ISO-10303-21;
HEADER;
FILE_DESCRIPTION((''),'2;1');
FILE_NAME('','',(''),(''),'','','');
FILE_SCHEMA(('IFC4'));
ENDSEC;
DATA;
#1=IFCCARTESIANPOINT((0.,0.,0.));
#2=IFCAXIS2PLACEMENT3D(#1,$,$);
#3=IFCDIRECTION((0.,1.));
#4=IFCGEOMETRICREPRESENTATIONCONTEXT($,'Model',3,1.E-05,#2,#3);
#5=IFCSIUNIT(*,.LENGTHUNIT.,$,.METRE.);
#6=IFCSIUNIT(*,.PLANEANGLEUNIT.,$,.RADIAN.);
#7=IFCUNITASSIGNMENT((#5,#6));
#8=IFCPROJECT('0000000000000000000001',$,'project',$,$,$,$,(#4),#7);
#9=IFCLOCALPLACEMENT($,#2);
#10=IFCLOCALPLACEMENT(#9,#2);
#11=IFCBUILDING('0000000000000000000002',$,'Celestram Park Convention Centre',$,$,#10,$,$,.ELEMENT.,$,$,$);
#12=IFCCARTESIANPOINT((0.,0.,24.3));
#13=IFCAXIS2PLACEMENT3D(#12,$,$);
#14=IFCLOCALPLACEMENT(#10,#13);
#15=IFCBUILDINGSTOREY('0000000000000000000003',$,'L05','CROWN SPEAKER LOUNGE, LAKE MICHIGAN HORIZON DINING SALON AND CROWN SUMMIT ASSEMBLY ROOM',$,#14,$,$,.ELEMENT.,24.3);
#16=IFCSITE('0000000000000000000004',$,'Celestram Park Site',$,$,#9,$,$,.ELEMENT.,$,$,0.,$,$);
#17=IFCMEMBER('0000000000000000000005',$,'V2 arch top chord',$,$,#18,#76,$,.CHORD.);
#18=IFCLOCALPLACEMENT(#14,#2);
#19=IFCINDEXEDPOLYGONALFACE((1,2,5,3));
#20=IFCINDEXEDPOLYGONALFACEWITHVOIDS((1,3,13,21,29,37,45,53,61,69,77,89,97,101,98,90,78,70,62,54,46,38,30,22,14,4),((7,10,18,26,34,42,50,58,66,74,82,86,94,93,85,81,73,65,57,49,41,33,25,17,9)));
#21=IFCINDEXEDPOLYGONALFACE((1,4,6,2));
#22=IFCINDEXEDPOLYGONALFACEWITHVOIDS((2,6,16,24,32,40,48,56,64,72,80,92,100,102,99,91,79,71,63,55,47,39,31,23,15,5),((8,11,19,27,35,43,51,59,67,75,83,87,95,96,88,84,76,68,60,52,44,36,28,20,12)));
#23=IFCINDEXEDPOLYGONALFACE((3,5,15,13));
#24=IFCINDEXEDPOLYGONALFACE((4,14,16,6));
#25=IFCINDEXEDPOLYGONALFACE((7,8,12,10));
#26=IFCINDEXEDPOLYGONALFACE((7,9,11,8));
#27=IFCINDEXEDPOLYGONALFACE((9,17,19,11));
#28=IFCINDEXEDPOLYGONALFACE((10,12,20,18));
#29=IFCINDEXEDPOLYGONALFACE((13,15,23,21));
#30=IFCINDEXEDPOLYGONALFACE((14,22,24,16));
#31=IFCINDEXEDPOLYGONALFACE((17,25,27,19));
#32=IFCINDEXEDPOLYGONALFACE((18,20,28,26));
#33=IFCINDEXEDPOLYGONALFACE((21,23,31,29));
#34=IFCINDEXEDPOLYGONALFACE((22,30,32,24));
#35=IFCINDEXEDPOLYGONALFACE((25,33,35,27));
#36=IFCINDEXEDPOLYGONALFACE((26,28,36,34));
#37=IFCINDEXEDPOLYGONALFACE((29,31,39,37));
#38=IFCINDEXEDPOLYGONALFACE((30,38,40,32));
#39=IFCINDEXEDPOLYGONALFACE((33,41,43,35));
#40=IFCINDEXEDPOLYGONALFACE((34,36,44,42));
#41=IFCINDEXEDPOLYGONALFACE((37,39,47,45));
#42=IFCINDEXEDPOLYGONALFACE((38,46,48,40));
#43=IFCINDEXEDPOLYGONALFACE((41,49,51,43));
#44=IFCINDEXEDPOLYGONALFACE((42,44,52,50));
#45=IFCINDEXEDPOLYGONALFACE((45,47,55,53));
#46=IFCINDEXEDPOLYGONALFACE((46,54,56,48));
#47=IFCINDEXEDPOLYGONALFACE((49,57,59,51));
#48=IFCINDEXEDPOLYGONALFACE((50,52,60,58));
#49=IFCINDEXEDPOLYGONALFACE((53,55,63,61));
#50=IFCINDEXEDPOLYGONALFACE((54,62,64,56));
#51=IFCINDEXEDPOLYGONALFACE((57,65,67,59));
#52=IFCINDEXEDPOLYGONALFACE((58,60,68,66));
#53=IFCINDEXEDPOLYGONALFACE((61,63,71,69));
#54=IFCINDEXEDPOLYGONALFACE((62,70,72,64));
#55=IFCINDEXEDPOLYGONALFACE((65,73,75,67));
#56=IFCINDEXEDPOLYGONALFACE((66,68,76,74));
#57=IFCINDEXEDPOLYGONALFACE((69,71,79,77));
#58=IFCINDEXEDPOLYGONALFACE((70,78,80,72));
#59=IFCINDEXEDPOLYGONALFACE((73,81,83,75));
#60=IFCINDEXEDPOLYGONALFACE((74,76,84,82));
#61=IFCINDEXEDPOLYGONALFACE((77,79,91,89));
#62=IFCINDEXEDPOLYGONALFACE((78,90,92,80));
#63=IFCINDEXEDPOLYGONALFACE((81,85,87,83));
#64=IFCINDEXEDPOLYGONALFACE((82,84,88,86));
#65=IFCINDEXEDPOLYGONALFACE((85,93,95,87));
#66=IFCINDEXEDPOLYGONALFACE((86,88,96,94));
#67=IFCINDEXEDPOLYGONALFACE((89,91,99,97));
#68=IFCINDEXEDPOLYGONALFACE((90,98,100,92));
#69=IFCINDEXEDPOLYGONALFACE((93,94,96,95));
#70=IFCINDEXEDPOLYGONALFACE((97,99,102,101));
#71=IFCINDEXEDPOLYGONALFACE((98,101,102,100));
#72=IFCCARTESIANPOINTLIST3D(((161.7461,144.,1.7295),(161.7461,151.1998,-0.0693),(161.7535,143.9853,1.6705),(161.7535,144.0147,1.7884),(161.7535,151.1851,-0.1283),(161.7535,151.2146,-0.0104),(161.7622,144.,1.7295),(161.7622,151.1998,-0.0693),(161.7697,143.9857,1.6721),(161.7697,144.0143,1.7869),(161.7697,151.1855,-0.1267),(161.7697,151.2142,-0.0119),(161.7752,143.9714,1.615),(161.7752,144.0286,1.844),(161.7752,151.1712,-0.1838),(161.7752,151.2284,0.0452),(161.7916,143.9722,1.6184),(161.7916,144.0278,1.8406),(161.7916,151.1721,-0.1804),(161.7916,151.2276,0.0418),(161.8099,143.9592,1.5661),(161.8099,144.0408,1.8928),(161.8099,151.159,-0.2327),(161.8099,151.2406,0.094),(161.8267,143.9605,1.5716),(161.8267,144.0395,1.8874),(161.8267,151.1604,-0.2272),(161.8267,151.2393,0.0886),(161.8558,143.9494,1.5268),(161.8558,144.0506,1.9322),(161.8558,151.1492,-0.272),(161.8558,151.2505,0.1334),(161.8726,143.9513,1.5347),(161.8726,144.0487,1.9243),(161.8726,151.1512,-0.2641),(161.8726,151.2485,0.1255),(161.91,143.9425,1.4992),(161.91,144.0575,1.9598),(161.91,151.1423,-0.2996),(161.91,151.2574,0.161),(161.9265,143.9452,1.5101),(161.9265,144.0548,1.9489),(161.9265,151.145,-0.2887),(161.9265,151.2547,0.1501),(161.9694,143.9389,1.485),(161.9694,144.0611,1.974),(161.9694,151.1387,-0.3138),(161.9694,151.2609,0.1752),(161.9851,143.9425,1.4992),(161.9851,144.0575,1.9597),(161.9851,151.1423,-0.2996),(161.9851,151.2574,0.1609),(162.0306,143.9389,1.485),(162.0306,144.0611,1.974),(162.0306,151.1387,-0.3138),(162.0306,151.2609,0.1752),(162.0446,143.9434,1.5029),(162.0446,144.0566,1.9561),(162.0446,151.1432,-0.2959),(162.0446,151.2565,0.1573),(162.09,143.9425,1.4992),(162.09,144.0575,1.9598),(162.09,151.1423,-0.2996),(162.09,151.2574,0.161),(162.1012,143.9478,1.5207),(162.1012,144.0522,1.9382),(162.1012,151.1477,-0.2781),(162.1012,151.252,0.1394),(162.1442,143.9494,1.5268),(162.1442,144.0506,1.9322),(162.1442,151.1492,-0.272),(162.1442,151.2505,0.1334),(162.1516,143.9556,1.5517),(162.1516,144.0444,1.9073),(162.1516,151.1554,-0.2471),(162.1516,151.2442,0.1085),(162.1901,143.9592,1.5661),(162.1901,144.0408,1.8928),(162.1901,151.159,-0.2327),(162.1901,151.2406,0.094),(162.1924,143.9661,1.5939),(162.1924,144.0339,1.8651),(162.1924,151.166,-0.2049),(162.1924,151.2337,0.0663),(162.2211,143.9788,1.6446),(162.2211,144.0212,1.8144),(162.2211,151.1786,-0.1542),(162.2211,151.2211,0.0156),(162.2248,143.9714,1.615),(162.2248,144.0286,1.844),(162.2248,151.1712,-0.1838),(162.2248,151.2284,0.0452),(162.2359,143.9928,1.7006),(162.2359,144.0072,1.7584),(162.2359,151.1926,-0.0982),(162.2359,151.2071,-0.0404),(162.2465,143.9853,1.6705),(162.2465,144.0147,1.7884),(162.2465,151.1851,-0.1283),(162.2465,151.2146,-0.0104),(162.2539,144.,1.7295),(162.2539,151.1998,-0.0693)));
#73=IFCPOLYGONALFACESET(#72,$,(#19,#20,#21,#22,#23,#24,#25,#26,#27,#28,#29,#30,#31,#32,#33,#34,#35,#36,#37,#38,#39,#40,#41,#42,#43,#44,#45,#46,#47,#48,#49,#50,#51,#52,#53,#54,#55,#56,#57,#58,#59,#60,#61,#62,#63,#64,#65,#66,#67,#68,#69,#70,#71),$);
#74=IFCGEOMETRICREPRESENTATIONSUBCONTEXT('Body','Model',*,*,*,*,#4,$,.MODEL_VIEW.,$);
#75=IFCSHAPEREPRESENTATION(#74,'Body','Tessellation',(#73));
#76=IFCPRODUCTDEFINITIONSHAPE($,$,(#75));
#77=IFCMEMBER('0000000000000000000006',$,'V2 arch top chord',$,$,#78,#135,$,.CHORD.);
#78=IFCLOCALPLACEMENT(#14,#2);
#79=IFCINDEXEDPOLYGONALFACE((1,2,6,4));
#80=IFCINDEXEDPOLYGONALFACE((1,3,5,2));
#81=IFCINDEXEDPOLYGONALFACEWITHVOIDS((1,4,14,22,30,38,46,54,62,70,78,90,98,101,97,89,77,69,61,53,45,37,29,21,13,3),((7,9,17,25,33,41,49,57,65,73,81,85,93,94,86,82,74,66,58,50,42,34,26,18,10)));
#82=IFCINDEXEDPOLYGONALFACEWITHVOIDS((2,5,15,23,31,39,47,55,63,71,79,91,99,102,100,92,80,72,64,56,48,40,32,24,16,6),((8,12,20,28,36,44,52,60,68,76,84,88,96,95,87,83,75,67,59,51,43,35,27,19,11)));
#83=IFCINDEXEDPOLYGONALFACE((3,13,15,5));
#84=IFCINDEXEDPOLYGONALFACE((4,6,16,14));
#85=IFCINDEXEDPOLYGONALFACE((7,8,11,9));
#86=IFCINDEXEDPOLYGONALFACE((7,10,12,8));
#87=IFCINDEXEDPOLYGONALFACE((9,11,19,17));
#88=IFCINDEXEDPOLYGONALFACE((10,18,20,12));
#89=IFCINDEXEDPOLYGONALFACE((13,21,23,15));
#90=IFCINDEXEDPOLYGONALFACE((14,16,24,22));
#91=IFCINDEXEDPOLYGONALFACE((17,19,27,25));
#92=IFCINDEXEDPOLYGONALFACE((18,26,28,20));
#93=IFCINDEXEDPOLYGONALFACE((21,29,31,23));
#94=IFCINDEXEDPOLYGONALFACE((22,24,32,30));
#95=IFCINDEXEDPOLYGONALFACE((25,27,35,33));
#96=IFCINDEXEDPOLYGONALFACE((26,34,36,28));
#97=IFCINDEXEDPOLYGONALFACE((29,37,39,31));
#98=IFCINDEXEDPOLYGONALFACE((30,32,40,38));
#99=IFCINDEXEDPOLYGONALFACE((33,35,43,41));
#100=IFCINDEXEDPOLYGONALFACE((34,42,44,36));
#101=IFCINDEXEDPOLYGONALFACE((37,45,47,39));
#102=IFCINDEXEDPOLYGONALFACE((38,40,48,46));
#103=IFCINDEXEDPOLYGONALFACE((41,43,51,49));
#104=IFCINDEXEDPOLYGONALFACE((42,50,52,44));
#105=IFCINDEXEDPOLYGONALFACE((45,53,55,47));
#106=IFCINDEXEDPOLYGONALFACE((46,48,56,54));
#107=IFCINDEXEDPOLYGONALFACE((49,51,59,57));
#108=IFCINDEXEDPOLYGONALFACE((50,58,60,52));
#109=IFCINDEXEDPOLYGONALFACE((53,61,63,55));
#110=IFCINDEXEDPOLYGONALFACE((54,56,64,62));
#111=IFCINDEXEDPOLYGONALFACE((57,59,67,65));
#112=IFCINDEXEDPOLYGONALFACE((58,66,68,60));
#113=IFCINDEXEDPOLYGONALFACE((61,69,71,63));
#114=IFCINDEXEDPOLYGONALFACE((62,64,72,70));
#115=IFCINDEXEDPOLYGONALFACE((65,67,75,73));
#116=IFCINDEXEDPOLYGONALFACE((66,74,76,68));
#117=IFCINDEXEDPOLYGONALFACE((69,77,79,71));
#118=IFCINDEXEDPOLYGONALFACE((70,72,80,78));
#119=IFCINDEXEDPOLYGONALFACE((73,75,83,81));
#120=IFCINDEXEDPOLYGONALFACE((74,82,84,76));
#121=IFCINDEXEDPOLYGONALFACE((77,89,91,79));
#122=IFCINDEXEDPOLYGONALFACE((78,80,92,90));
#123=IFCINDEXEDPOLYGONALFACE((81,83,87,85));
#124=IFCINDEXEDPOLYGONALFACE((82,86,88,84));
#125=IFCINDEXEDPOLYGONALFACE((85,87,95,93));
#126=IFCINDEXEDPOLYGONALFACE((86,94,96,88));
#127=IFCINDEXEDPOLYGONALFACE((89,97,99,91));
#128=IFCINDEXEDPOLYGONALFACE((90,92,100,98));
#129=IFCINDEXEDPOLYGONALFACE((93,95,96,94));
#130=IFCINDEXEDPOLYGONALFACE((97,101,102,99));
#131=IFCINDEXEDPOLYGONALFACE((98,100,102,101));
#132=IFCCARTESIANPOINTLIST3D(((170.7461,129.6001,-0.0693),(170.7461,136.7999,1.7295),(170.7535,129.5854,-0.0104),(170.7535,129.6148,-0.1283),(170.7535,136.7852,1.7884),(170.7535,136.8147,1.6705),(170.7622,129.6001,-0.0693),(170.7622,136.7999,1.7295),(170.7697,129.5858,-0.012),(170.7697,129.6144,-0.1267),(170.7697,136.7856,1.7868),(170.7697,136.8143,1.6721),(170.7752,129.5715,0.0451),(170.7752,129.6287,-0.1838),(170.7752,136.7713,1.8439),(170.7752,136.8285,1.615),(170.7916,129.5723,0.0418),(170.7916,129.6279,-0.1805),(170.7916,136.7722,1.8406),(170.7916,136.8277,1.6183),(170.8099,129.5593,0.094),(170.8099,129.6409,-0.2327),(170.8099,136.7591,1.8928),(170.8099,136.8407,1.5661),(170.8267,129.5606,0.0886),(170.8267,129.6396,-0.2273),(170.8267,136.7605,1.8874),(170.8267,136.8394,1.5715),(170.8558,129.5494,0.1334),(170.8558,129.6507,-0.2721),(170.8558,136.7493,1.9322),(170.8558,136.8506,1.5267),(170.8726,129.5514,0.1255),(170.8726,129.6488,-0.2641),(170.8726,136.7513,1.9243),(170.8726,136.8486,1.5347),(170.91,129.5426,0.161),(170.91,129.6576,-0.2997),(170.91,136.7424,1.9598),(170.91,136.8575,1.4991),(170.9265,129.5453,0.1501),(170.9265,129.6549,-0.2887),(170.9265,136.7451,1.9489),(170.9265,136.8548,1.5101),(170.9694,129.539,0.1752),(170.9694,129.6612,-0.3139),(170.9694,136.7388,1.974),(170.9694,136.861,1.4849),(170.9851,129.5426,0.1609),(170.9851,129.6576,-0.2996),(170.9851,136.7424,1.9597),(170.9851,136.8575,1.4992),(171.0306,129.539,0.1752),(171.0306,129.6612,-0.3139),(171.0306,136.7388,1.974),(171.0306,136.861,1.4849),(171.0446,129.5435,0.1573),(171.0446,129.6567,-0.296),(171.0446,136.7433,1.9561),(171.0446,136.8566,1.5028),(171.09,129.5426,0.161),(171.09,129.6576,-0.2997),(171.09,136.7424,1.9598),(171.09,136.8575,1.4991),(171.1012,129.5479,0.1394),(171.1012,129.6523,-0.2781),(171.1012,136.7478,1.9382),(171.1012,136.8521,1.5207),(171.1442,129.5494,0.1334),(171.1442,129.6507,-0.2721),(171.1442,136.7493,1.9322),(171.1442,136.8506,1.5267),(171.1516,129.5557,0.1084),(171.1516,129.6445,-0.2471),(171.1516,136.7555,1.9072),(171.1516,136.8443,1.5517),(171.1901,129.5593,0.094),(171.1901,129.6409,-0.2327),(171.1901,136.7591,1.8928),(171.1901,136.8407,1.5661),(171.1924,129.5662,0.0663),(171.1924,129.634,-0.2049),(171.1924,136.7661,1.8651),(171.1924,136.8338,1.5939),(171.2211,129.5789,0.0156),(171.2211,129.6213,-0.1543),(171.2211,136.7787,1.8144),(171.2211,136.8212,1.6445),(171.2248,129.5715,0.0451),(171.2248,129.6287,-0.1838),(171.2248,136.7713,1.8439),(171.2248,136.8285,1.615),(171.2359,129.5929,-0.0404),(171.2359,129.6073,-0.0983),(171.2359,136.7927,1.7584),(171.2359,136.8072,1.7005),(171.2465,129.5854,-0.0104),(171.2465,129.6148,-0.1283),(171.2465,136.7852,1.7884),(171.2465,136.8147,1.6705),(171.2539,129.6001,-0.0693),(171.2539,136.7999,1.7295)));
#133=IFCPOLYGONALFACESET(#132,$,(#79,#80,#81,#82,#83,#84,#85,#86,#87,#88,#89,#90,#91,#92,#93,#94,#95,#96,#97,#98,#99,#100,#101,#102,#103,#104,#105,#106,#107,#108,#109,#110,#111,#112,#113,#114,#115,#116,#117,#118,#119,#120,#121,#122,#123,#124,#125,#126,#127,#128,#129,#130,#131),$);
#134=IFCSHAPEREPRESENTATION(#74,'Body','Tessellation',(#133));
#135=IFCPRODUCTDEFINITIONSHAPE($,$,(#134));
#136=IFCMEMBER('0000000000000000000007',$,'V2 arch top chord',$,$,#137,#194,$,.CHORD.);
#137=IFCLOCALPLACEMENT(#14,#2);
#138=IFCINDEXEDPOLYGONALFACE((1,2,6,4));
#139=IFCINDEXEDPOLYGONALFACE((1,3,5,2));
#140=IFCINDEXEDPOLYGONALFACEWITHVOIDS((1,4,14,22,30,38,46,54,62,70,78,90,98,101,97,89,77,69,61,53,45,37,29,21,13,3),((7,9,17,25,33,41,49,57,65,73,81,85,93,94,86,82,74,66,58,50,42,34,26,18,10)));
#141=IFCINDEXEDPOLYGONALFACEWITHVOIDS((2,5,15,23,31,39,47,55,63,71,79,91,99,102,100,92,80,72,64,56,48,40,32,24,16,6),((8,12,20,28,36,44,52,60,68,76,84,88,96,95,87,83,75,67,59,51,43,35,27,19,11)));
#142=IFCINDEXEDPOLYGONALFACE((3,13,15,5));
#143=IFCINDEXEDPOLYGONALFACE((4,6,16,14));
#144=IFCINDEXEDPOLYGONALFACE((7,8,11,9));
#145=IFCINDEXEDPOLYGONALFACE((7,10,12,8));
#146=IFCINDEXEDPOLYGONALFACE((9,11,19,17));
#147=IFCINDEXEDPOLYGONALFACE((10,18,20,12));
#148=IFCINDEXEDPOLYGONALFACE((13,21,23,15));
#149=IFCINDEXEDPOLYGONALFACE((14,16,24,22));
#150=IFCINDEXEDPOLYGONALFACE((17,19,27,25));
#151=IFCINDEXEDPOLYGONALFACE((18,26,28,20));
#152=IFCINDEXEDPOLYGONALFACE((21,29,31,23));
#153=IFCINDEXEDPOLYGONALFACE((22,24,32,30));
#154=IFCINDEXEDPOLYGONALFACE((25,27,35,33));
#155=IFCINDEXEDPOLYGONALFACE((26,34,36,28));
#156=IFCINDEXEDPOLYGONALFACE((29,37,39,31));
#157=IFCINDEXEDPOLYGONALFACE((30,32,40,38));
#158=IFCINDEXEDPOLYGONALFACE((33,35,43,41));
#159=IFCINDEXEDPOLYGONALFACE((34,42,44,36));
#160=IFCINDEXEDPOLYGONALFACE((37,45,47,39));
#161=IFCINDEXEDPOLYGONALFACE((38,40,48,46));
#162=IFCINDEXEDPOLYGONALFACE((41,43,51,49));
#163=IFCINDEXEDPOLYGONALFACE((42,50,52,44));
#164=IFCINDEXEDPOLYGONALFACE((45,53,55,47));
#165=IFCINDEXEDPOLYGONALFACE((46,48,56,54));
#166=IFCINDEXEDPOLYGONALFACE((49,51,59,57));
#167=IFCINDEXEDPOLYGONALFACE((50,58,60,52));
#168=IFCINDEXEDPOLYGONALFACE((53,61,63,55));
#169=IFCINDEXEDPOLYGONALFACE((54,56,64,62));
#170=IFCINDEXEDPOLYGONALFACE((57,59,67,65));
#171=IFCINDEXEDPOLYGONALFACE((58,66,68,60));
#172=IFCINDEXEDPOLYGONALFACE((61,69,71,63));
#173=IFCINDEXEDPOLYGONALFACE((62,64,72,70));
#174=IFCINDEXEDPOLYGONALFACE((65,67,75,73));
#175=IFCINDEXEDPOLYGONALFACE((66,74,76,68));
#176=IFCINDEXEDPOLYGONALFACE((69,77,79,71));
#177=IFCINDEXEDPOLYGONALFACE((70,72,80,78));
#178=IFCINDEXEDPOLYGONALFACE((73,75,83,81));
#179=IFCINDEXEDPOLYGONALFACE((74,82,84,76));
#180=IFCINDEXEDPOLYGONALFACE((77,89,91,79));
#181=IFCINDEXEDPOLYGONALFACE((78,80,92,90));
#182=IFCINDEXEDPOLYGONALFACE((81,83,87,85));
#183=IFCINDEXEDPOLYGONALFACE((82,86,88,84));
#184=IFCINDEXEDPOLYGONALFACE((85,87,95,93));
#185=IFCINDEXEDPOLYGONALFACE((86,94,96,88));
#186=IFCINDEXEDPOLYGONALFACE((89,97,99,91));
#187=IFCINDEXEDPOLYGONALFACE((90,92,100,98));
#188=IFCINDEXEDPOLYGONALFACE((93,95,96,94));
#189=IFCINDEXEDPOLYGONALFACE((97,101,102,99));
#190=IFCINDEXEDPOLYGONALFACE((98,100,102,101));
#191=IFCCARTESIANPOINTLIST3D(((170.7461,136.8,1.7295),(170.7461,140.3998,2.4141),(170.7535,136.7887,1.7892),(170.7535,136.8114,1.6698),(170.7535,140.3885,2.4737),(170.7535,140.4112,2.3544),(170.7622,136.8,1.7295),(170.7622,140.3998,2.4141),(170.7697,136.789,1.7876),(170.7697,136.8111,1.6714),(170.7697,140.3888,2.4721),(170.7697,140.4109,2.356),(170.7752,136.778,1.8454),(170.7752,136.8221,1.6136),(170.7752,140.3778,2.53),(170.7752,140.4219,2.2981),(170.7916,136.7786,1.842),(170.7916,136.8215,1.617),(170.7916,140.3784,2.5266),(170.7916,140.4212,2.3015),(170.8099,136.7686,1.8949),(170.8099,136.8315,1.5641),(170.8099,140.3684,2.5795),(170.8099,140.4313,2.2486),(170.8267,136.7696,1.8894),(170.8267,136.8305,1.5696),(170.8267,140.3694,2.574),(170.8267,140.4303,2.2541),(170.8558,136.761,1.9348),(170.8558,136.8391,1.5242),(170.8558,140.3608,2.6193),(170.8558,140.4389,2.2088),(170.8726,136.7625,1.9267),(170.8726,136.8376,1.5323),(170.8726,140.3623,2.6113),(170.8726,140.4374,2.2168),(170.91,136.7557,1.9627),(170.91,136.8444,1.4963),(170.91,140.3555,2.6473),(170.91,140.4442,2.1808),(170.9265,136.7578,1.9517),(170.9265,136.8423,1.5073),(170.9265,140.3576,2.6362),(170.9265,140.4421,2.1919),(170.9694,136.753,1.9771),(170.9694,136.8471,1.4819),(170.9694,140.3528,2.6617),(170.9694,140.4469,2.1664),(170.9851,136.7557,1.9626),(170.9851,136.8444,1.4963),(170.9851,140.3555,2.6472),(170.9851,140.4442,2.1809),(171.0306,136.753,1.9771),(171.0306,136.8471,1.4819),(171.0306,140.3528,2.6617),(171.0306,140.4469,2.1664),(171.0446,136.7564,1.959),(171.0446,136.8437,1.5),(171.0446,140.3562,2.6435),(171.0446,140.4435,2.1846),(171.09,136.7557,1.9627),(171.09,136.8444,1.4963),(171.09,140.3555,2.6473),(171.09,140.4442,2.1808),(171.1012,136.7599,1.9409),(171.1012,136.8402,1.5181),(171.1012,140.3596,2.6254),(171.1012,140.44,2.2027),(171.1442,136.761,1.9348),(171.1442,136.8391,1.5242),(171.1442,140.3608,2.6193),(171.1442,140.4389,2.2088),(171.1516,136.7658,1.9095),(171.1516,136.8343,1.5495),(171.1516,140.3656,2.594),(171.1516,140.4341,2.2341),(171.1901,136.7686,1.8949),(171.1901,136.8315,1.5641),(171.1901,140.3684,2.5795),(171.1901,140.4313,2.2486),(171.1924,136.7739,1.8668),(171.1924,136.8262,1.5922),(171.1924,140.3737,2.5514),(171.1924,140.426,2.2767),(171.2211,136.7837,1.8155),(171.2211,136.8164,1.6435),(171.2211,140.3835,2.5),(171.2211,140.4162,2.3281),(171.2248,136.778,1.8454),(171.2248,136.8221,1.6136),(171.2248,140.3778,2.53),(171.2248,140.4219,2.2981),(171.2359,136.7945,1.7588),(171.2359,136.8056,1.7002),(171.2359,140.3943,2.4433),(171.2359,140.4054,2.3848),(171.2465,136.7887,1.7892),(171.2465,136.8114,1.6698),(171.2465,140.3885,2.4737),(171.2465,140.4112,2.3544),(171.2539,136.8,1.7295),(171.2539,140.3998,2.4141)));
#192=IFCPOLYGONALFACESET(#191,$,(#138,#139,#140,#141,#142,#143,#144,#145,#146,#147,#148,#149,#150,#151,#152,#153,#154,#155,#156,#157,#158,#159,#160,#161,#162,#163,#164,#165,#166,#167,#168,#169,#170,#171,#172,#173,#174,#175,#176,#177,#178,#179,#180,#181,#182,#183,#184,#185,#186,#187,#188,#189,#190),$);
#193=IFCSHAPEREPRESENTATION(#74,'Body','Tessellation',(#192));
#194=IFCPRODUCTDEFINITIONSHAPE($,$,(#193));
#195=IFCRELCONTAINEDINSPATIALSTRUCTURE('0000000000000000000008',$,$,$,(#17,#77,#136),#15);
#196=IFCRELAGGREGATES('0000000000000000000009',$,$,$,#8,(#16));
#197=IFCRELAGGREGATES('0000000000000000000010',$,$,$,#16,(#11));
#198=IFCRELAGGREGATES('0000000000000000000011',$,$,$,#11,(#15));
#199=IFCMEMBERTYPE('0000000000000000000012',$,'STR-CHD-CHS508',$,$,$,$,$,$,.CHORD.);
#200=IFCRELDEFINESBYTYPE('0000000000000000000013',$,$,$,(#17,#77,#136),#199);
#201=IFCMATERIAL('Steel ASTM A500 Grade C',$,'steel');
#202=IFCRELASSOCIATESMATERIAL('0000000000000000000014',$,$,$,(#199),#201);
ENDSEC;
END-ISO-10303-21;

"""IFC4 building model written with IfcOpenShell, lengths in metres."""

from ifc_helpers import new_model, si_unit, direction, frame, origin, origin_2d, place, context, subcontext, project, spatial, hollow_circle, extrude, material, material_profile, profile_set, type_object, element, save


model = new_model("IFC4")

# Units and contexts
model_context = context("Model", 3, precision=1e-05, world=origin(), true_north=direction((0.0, 1.0)))
body_context = subcontext(model_context, "Body", "Model", "MODEL_VIEW")
ifc_project = project(units=[si_unit("LENGTHUNIT", "METRE"), si_unit("PLANEANGLEUNIT", "RADIAN")], contexts=[model_context])

# Site, building, storey
site_placement = place(None, origin())
site = spatial("IfcSite", under=ifc_project, at=site_placement, Name="Celestram Park Site", CompositionType="ELEMENT", RefElevation=0.0)
building_placement = place(site_placement, origin())
building = spatial("IfcBuilding", under=site, at=building_placement, Name="Celestram Park Convention Centre", CompositionType="ELEMENT")
storey_placement = place(building_placement, frame((0.0, 0.0, 24.3)))
storey = spatial("IfcBuildingStorey", under=building, at=storey_placement, Name="L05", Description="CROWN SPEAKER LOUNGE, LAKE MICHIGAN HORIZON DINING SALON AND CROWN SUMMIT ASSEMBLY ROOM", CompositionType="ELEMENT", Elevation=24.3)

# Members
ifc_material_1 = material(Name="Steel ASTM A500 Grade C", Category="steel")
ifc_material_profile_1 = material_profile(ifc_material_1, hollow_circle(Radius=0.2539, WallThickness=0.0161, at=origin_2d()), Name="CHS508X16")
ifc_profile_set_1 = profile_set([ifc_material_profile_1], Name="Steel ASTM A500 Grade C")
member_type_1 = type_object("IfcMemberType", Name="STR-CHD-CHS508", PredefinedType="CHORD", material=ifc_profile_set_1)
for number, where, z_axis, x_axis, name in (
    (1, (162.0, 144.0, 1.7295), (0.0, 0.970179, -0.242389), (-1.0, 0.0, 0.0), "V2 arch top chord"),
    (2, (171.0, 129.6001, -0.0693), (0.0, 0.970179, 0.242389), (-1.0, 0.0, 0.0), "V2 arch top chord"),
):
    element("IfcMember", number, at=place(storey_placement, frame(where, z_axis=z_axis, x_axis=x_axis)), inside=storey, type_object=member_type_1, Name=name, PredefinedType="CHORD", context=body_context, shape_type="SweptSolid", body=[
        extrude(hollow_circle(Radius=0.2539, WallThickness=0.0161, at=origin_2d()), origin(), (0.0, 0.0, 1.0), 7.4211),
    ])
member_1_placement = place(storey_placement, frame((171.0, 136.8, 1.7295), z_axis=(0.0, 0.982395, 0.186818), x_axis=(-1.0, 0.0, 0.0)))
element("IfcMember", 3, at=member_1_placement, inside=storey, type_object=member_type_1, Name="V2 arch top chord", PredefinedType="CHORD", context=body_context, shape_type="SweptSolid", body=[
    extrude(hollow_circle(Radius=0.2539, WallThickness=0.0161, at=origin_2d()), origin(), (0.0, 0.0, 1.0), 3.6643),
])

save(model, "model.ifc")
